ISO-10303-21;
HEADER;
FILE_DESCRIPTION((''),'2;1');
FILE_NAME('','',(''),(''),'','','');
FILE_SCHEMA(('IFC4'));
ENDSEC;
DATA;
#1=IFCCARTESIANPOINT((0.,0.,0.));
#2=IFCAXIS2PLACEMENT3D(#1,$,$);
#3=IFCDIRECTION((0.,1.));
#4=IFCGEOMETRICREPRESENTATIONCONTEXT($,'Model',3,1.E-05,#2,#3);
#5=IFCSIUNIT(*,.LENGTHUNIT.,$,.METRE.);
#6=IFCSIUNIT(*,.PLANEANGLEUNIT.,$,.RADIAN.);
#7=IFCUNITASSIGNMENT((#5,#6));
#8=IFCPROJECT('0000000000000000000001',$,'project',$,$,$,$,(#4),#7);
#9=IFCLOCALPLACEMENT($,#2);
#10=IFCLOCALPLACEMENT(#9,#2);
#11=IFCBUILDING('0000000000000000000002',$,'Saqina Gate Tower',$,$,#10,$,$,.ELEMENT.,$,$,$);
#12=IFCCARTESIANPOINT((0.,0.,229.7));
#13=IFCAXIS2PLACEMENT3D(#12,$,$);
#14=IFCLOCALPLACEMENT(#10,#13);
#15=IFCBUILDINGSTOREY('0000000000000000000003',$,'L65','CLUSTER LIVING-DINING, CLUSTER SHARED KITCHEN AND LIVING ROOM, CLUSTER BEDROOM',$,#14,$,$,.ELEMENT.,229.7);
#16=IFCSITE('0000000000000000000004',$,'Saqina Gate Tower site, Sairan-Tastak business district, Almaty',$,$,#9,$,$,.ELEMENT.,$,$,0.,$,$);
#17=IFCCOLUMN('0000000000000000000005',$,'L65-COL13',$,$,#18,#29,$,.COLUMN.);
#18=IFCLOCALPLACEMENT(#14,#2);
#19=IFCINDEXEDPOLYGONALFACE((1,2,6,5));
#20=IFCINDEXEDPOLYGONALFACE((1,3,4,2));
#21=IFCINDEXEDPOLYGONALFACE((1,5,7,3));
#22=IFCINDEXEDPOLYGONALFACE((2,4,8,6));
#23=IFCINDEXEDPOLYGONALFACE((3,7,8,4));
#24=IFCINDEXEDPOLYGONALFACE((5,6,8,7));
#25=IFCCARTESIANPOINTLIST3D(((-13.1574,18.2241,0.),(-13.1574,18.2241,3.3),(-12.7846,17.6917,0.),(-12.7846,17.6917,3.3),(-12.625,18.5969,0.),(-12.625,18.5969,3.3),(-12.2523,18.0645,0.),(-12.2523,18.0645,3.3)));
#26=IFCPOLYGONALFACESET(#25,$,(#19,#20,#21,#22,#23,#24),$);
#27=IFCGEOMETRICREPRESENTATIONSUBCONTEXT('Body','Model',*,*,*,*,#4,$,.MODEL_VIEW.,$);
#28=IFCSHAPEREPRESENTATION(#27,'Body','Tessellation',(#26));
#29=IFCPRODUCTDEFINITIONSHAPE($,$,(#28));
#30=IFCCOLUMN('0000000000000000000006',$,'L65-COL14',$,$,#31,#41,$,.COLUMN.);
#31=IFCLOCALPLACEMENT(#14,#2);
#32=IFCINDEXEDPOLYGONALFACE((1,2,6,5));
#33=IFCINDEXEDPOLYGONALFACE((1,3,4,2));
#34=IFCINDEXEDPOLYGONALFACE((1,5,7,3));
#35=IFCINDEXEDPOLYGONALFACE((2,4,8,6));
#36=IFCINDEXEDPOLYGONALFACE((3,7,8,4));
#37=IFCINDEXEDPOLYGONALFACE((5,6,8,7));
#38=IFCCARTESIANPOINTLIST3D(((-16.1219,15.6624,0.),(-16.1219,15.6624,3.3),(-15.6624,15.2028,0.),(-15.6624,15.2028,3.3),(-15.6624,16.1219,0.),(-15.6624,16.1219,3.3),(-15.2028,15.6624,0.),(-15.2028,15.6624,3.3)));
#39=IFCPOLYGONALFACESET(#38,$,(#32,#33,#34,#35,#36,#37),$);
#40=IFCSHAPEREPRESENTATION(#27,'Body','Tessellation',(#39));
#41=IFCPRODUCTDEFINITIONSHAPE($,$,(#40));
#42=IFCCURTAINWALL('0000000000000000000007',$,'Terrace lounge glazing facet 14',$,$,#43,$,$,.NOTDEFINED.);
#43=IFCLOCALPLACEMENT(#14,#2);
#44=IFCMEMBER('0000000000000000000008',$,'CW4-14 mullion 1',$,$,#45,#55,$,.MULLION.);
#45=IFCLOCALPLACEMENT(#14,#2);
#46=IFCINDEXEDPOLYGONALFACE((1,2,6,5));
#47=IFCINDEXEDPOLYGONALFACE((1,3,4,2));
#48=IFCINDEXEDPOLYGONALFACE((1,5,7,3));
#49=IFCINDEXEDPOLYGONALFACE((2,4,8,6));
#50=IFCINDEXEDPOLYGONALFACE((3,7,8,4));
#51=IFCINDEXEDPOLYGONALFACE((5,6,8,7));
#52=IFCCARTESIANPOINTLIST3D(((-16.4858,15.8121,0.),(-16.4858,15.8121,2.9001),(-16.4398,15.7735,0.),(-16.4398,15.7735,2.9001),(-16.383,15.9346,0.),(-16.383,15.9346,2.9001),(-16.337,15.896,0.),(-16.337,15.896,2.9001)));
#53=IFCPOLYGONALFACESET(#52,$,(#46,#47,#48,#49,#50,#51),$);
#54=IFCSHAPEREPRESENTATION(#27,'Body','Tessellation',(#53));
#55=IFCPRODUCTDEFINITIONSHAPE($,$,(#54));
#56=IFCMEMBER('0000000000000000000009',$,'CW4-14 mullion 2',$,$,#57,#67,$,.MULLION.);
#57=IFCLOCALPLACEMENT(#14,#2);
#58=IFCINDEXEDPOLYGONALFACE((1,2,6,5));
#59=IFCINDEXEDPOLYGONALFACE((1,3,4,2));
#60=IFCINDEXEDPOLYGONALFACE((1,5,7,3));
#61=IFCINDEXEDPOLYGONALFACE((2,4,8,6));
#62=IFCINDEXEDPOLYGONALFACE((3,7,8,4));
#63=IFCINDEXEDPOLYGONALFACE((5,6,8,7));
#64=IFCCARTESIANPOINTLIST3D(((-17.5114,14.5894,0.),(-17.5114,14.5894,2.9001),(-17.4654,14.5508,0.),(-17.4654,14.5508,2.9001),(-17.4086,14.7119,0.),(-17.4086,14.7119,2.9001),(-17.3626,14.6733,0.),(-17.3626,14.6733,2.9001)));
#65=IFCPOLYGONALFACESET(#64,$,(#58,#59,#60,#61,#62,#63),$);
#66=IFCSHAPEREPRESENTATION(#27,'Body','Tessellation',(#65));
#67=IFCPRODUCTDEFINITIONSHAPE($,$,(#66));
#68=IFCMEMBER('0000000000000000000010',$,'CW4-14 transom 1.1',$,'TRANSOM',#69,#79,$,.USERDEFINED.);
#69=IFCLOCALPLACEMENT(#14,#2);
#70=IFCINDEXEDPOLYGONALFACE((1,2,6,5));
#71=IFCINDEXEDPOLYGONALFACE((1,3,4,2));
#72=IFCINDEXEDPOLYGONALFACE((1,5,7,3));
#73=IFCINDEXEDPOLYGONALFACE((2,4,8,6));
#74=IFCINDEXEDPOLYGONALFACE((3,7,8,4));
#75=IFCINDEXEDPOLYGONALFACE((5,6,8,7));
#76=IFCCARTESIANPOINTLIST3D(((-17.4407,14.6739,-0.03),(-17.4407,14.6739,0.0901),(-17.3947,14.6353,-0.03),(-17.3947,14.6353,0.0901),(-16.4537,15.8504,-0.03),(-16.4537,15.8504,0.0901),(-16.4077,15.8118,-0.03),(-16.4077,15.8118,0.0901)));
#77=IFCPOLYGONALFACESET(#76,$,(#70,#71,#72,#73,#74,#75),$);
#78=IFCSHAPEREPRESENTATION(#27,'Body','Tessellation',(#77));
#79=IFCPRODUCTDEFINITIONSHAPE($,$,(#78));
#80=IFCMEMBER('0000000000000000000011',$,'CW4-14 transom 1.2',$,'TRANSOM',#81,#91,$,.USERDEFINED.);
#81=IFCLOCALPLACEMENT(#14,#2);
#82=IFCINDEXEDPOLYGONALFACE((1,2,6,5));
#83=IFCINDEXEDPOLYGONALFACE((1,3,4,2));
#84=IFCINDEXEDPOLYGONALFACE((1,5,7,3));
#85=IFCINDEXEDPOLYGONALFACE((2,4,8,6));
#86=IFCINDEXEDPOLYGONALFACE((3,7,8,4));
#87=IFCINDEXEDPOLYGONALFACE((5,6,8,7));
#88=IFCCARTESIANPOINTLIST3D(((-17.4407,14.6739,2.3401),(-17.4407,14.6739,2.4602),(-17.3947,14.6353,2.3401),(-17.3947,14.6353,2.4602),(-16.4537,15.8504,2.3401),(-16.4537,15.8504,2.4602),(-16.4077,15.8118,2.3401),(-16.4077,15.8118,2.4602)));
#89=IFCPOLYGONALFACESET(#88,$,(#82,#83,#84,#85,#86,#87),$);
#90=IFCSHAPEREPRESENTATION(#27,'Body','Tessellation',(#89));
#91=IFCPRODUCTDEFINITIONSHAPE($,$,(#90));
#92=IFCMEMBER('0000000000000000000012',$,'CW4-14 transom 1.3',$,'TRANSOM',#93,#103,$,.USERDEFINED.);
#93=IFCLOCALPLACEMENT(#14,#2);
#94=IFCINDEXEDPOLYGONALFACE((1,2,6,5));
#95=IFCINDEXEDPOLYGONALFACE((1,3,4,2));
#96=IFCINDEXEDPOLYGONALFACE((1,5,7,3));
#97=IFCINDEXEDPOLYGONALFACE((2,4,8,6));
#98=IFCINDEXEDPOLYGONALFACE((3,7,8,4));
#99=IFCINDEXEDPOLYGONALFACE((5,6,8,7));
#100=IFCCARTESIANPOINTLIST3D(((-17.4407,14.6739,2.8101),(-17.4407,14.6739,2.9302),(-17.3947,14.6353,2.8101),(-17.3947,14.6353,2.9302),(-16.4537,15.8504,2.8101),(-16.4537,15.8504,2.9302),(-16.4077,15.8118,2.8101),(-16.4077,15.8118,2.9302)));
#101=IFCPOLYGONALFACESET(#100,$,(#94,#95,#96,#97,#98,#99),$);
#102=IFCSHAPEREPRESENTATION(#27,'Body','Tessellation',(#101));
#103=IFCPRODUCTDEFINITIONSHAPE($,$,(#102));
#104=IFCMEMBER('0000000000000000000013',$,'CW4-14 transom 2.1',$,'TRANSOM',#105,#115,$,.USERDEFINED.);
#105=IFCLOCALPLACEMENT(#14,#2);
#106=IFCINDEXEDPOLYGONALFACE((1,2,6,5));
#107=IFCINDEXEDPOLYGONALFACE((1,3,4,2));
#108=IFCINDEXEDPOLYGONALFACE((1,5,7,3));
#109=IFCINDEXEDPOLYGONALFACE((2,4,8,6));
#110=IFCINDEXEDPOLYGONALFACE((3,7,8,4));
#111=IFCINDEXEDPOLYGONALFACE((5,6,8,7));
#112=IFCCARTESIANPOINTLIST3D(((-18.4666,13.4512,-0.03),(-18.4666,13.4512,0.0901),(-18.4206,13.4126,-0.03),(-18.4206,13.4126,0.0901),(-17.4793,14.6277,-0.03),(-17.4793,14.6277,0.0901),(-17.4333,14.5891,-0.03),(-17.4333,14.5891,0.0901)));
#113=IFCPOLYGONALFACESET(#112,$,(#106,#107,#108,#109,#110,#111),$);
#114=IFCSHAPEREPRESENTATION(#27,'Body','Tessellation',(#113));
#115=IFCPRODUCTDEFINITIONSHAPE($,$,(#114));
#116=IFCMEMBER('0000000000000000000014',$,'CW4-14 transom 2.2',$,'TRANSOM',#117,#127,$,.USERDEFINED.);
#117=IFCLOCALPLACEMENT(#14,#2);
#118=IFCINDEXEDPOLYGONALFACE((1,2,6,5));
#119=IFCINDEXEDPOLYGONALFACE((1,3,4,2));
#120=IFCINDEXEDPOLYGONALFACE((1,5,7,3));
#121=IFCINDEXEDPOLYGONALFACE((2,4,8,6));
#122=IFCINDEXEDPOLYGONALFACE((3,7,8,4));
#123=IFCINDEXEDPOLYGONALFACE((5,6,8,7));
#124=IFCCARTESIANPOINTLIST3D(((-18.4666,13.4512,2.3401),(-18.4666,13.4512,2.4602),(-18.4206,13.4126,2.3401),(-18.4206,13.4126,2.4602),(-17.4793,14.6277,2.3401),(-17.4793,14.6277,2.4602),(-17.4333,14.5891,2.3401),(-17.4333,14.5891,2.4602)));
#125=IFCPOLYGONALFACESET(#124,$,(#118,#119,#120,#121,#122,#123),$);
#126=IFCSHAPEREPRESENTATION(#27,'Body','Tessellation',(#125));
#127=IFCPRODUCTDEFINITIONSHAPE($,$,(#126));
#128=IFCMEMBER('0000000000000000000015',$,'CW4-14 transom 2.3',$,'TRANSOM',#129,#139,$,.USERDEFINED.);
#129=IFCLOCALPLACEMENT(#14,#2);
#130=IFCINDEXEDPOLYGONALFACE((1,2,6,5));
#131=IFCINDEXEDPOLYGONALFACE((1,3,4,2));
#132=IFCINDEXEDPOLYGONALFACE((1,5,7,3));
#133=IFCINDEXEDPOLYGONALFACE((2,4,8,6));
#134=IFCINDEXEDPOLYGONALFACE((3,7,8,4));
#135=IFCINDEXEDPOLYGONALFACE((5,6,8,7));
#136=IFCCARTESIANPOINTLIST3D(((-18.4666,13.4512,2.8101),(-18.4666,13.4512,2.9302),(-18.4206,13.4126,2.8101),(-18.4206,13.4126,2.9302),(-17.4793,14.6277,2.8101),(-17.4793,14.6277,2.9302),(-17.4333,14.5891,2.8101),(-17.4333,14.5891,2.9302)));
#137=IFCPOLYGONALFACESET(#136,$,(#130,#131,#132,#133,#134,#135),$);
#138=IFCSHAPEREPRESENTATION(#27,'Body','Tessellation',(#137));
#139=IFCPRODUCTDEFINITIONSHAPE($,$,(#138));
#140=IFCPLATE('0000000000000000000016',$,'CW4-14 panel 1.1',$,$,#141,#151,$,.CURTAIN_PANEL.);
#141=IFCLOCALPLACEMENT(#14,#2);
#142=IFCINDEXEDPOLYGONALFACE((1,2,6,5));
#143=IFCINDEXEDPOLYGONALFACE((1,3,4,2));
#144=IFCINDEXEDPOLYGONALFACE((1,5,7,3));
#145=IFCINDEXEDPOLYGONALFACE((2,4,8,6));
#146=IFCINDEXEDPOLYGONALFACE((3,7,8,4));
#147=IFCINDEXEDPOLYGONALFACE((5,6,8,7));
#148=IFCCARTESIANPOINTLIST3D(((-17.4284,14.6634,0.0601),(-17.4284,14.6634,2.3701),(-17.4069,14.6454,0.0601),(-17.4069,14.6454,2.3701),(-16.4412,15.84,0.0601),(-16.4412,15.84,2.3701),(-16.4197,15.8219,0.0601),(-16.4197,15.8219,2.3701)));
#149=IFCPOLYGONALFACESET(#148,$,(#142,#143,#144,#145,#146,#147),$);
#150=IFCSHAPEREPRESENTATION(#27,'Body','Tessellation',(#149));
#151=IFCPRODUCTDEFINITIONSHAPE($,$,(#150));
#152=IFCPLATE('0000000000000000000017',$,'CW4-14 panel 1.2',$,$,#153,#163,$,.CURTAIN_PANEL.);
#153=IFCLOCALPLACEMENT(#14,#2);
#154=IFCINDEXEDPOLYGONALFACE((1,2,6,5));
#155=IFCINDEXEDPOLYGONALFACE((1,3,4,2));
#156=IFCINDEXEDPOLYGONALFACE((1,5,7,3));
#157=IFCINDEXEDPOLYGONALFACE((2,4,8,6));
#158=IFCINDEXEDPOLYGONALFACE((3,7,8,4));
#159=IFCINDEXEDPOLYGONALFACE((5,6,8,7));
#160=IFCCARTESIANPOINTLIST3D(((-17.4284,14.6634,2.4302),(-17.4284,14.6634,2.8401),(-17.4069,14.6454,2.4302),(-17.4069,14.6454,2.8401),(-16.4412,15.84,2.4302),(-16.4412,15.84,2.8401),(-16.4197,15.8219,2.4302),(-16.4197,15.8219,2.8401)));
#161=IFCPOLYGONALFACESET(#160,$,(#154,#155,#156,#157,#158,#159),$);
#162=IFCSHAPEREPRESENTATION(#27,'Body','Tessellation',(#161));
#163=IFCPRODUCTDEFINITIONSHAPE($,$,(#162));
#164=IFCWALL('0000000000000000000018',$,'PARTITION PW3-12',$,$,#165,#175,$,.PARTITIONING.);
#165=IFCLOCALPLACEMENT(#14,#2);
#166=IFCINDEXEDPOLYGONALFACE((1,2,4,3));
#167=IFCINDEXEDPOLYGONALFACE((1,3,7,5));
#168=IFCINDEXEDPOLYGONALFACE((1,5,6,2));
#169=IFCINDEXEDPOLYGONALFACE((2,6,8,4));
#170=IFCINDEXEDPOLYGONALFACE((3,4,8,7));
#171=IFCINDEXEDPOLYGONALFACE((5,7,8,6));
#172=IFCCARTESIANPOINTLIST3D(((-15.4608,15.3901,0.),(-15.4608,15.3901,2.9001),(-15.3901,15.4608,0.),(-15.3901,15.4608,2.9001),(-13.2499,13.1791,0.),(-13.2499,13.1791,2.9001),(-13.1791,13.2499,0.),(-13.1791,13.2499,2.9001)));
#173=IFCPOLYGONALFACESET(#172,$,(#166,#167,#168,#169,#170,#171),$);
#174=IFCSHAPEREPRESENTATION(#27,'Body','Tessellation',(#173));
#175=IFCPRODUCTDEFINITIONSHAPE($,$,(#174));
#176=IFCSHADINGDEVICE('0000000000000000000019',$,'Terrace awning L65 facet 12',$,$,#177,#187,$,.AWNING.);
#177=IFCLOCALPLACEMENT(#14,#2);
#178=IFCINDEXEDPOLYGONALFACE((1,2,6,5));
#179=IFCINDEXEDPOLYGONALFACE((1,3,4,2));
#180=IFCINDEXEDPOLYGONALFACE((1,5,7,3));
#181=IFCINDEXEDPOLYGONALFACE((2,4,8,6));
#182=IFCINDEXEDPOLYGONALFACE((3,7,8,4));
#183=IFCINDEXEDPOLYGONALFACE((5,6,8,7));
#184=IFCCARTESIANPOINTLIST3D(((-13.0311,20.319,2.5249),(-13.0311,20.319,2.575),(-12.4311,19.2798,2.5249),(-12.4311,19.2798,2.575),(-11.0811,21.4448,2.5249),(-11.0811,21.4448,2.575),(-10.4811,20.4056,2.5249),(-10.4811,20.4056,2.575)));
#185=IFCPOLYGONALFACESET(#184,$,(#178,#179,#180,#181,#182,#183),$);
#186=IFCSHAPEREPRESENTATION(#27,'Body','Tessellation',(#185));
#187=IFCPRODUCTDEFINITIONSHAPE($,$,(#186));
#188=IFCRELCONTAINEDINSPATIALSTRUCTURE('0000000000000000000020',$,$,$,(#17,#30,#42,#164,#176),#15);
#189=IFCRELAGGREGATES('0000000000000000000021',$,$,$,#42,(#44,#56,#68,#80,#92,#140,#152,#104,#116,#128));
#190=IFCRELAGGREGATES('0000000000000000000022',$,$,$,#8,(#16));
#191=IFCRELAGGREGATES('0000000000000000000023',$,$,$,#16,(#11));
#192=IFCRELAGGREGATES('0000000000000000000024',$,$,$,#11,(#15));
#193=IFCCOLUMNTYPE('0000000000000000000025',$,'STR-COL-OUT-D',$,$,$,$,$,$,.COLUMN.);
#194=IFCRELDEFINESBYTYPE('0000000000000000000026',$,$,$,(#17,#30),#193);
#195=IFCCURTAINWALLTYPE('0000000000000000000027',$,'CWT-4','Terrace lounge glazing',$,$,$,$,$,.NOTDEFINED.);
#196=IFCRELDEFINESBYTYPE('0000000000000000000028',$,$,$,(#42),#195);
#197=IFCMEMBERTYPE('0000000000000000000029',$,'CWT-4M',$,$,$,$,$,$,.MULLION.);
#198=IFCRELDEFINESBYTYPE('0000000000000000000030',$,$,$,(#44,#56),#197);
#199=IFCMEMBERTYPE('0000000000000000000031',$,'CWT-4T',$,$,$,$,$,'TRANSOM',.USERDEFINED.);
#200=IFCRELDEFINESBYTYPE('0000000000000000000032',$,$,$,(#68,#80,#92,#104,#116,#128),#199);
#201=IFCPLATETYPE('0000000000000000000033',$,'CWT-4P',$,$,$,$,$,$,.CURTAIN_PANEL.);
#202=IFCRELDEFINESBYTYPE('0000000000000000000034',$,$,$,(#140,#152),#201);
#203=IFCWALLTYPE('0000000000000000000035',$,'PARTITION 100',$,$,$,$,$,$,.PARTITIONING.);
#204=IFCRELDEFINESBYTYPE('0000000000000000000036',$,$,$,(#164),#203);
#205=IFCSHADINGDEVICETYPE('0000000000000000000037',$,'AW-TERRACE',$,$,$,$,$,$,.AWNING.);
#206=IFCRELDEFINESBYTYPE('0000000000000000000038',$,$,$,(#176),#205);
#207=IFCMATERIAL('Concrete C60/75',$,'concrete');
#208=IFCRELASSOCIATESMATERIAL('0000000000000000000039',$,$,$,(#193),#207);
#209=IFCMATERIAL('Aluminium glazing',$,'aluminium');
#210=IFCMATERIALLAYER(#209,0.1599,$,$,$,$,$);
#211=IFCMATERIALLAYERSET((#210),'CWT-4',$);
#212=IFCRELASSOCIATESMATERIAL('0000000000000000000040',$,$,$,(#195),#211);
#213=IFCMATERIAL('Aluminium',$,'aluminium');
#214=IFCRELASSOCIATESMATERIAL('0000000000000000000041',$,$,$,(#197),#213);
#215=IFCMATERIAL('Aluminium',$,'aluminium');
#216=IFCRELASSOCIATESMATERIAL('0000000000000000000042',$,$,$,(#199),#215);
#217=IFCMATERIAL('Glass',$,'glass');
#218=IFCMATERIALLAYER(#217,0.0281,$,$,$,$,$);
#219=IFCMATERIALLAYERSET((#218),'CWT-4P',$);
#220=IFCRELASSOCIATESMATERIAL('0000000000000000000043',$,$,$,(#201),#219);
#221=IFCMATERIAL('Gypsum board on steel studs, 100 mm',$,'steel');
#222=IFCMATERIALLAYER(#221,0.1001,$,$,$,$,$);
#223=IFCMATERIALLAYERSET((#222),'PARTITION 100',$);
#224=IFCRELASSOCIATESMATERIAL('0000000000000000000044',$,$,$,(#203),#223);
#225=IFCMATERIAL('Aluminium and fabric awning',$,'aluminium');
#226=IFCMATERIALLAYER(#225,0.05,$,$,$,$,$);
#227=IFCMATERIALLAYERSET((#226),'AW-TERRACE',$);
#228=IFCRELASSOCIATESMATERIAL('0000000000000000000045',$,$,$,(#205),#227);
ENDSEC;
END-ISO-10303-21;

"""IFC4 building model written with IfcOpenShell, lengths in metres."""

from ifc_helpers import new_model, si_unit, direction, frame, frame_2d, origin, origin_2d, place, context, subcontext, project, spatial, rectangle, extrude, material, layer, layer_set, material_profile, profile_set, type_object, element, aggregate, save


model = new_model("IFC4")

# Units and contexts
model_context = context("Model", 3, precision=1e-05, world=origin(), true_north=direction((0.0, 1.0)))
body_context = subcontext(model_context, "Body", "Model", "MODEL_VIEW")
ifc_project = project(units=[si_unit("LENGTHUNIT", "METRE"), si_unit("PLANEANGLEUNIT", "RADIAN")], contexts=[model_context])

# Site, building, storey
site_placement = place(None, origin())
site = spatial("IfcSite", under=ifc_project, at=site_placement, Name="Saqina Gate Tower site, Sairan-Tastak business district, Almaty", CompositionType="ELEMENT", RefElevation=0.0)
building_placement = place(site_placement, origin())
building = spatial("IfcBuilding", under=site, at=building_placement, Name="Saqina Gate Tower", CompositionType="ELEMENT")
storey_placement = place(building_placement, frame((0.0, 0.0, 229.7)))
storey = spatial("IfcBuildingStorey", under=building, at=storey_placement, Name="L65", Description="CLUSTER LIVING-DINING, CLUSTER SHARED KITCHEN AND LIVING ROOM, CLUSTER BEDROOM", CompositionType="ELEMENT", Elevation=229.7)

# Columns
ifc_material_1 = material(Name="Concrete C60/75", Category="concrete")
ifc_material_profile_1 = material_profile(ifc_material_1, rectangle(XDim=0.6499, YDim=0.6499, at=origin_2d()), Name="RC 650x650")
ifc_profile_set_1 = profile_set([ifc_material_profile_1], Name="Concrete C60/75")
column_type = type_object("IfcColumnType", Name="STR-COL-OUT-D", PredefinedType="COLUMN", material=ifc_profile_set_1)
for number, where, z_axis, x_axis, name in (
    (1, (-12.7048, 18.1443, 0.0), (0.0, 0.0, 1.0), (-0.573576, 0.819152, 0.0), "L65-COL13"),
    (2, (-15.6624, 15.6624, 0.0), (0.0, 0.0, 1.0), (-0.707107, 0.707107, 0.0), "L65-COL14"),
):
    element("IfcColumn", number, at=place(storey_placement, frame(where, z_axis=z_axis, x_axis=x_axis)), inside=storey, type_object=column_type, Name=name, PredefinedType="COLUMN", context=body_context, shape_type="SweptSolid", body=[
        extrude(rectangle(XDim=0.6499, YDim=0.6499, at=origin_2d()), origin(), (0.0, 0.0, 1.0), 3.3),
    ])

# Curtain wall, members, plates
ifc_material_2 = material(Name="Aluminium glazing", Category="aluminium")
ifc_layer_1 = layer(ifc_material_2, 0.1599)
ifc_layer_set_1 = layer_set([ifc_layer_1], Name="CWT-4")
curtain_wall_type = type_object("IfcCurtainWallType", Name="CWT-4", Description="Terrace lounge glazing", PredefinedType="NOTDEFINED", material=ifc_layer_set_1)
curtain_wall_placement = place(storey_placement, origin())
curtain_wall = element("IfcCurtainWall", 3, at=curtain_wall_placement, inside=storey, type_object=curtain_wall_type, Name="Terrace lounge glazing facet 14", PredefinedType="NOTDEFINED")
ifc_material_3 = material(Name="Aluminium", Category="aluminium")
ifc_material_profile_2 = material_profile(ifc_material_3, rectangle(XDim=0.0601, YDim=0.1599, at=origin_2d()), Name="Aluminium 60x160")
ifc_profile_set_2 = profile_set([ifc_material_profile_2], Name="Aluminium")
member_type_1 = type_object("IfcMemberType", Name="CWT-4M", PredefinedType="MULLION", material=ifc_profile_set_2)
member_1_placement = place(storey_placement, frame((-16.4114, 15.854, 0.0), z_axis=(0.0, 0.0, 1.0), x_axis=(0.766046, -0.642785, 0.0)))
member_1 = element("IfcMember", 4, at=member_1_placement, type_object=member_type_1, Name="CW4-14 mullion 1", PredefinedType="MULLION", context=body_context, shape_type="SweptSolid", body=[
    extrude(rectangle(XDim=0.0601, YDim=0.1599, at=origin_2d()), origin(), (0.0, 0.0, 1.0), 2.9001),
])
member_2_placement = place(storey_placement, frame((-17.437, 14.6313, 0.0), z_axis=(0.0, 0.0, 1.0), x_axis=(0.766046, -0.642785, 0.0)))
member_2 = element("IfcMember", 5, at=member_2_placement, type_object=member_type_1, Name="CW4-14 mullion 2", PredefinedType="MULLION", context=body_context, shape_type="SweptSolid", body=[
    extrude(rectangle(XDim=0.0601, YDim=0.1599, at=origin_2d()), origin(), (0.0, 0.0, 1.0), 2.9001),
])
ifc_material_4 = material(Name="Aluminium", Category="aluminium")
ifc_material_profile_3 = material_profile(ifc_material_4, rectangle(XDim=0.0601, YDim=0.1201, at=origin_2d()), Name="Aluminium 60x120")
ifc_profile_set_3 = profile_set([ifc_material_profile_3], Name="Aluminium")
member_type_2 = type_object("IfcMemberType", Name="CWT-4T", ElementType="TRANSOM", PredefinedType="USERDEFINED", material=ifc_profile_set_3)
member_3_placement = place(storey_placement, frame((-16.4307, 15.8311, 0.03), z_axis=(-0.64273, -0.766093, 0.0), x_axis=(0.766093, -0.64273, 0.0)))
member_3 = element("IfcMember", 6, at=member_3_placement, type_object=member_type_2, Name="CW4-14 transom 1.1", ObjectType="TRANSOM", PredefinedType="USERDEFINED", context=body_context, shape_type="SweptSolid", body=[
    extrude(rectangle(XDim=0.0601, YDim=0.1201, at=origin_2d()), origin(), (0.0, 0.0, 1.0), 1.5356),
])
member_4_placement = place(storey_placement, frame((-16.4307, 15.8311, 2.4001), z_axis=(-0.64273, -0.766093, 0.0), x_axis=(0.766093, -0.64273, 0.0)))
member_4 = element("IfcMember", 7, at=member_4_placement, type_object=member_type_2, Name="CW4-14 transom 1.2", ObjectType="TRANSOM", PredefinedType="USERDEFINED", context=body_context, shape_type="SweptSolid", body=[
    extrude(rectangle(XDim=0.0601, YDim=0.1201, at=origin_2d()), origin(), (0.0, 0.0, 1.0), 1.5356),
])
member_5_placement = place(storey_placement, frame((-16.4307, 15.8311, 2.8701), z_axis=(-0.64273, -0.766093, 0.0), x_axis=(0.766093, -0.64273, 0.0)))
member_5 = element("IfcMember", 8, at=member_5_placement, type_object=member_type_2, Name="CW4-14 transom 1.3", ObjectType="TRANSOM", PredefinedType="USERDEFINED", context=body_context, shape_type="SweptSolid", body=[
    extrude(rectangle(XDim=0.0601, YDim=0.1201, at=origin_2d()), origin(), (0.0, 0.0, 1.0), 1.5356),
])
member_6_placement = place(storey_placement, frame((-17.4563, 14.6084, 0.03), z_axis=(-0.642823, -0.766015, 0.0), x_axis=(0.766015, -0.642823, 0.0)))
member_6 = element("IfcMember", 9, at=member_6_placement, type_object=member_type_2, Name="CW4-14 transom 2.1", ObjectType="TRANSOM", PredefinedType="USERDEFINED", context=body_context, shape_type="SweptSolid", body=[
    extrude(rectangle(XDim=0.0601, YDim=0.1201, at=origin_2d()), origin(), (0.0, 0.0, 1.0), 1.5359),
])
member_7_placement = place(storey_placement, frame((-17.4563, 14.6084, 2.4001), z_axis=(-0.642823, -0.766015, 0.0), x_axis=(0.766015, -0.642823, 0.0)))
member_7 = element("IfcMember", 10, at=member_7_placement, type_object=member_type_2, Name="CW4-14 transom 2.2", ObjectType="TRANSOM", PredefinedType="USERDEFINED", context=body_context, shape_type="SweptSolid", body=[
    extrude(rectangle(XDim=0.0601, YDim=0.1201, at=origin_2d()), origin(), (0.0, 0.0, 1.0), 1.5359),
])
member_8_placement = place(storey_placement, frame((-17.4563, 14.6084, 2.8701), z_axis=(-0.642823, -0.766015, 0.0), x_axis=(0.766015, -0.642823, 0.0)))
member_8 = element("IfcMember", 11, at=member_8_placement, type_object=member_type_2, Name="CW4-14 transom 2.3", ObjectType="TRANSOM", PredefinedType="USERDEFINED", context=body_context, shape_type="SweptSolid", body=[
    extrude(rectangle(XDim=0.0601, YDim=0.1201, at=origin_2d()), origin(), (0.0, 0.0, 1.0), 1.5359),
])
ifc_material_5 = material(Name="Glass", Category="glass")
ifc_layer_2 = layer(ifc_material_5, 0.0281)
ifc_layer_set_2 = layer_set([ifc_layer_2], Name="CWT-4P")
plate_type = type_object("IfcPlateType", Name="CWT-4P", PredefinedType="CURTAIN_PANEL", material=ifc_layer_set_2)
plate_1_placement = place(storey_placement, frame((-16.9241, 15.2427, 0.0601), z_axis=(0.0, 0.0, 1.0), x_axis=(-0.642785, -0.766046, 0.0)))
plate_1 = element("IfcPlate", 12, at=plate_1_placement, type_object=plate_type, Name="CW4-14 panel 1.1", PredefinedType="CURTAIN_PANEL", context=body_context, shape_type="SweptSolid", body=[
    extrude(rectangle(XDim=1.5359, YDim=0.0281, at=origin_2d()), origin(), (0.0, 0.0, 1.0), 2.3101),
])
plate_2_placement = place(storey_placement, frame((-16.9241, 15.2427, 2.4302), z_axis=(0.0, 0.0, 1.0), x_axis=(-0.642785, -0.766046, 0.0)))
plate_2 = element("IfcPlate", 13, at=plate_2_placement, type_object=plate_type, Name="CW4-14 panel 1.2", PredefinedType="CURTAIN_PANEL", context=body_context, shape_type="SweptSolid", body=[
    extrude(rectangle(XDim=1.5359, YDim=0.0281, at=origin_2d()), origin(), (0.0, 0.0, 1.0), 0.4099),
])
aggregate(curtain_wall, [member_1, member_2, member_3, member_4, member_5, plate_1, plate_2, member_6, member_7, member_8])

# Wall
ifc_material_6 = material(Name="Gypsum board on steel studs, 100 mm", Category="steel")
ifc_layer_3 = layer(ifc_material_6, 0.1001)
ifc_layer_set_3 = layer_set([ifc_layer_3], Name="PARTITION 100")
wall_type_1 = type_object("IfcWallType", Name="PARTITION 100", PredefinedType="PARTITIONING", material=ifc_layer_set_3)
wall_1_placement = place(storey_placement, frame((-15.4255, 15.4255, 0.0), z_axis=(0.0, 0.0, 1.0), x_axis=(0.707107, -0.707107, 0.0)))
element("IfcWall", 14, at=wall_1_placement, inside=storey, type_object=wall_type_1, Name="PARTITION PW3-12", PredefinedType="PARTITIONING", context=body_context, shape_type="SweptSolid", body=[
    extrude(rectangle(XDim=3.1267, YDim=0.1001, at=frame_2d((1.5635, 0.0))), origin(), (0.0, 0.0, 1.0), 2.9001),
])

# Shading device
ifc_material_7 = material(Name="Aluminium and fabric awning", Category="aluminium")
ifc_layer_4 = layer(ifc_material_7, 0.05)
ifc_layer_set_4 = layer_set([ifc_layer_4], Name="AW-TERRACE")
shading_device_type = type_object("IfcShadingDeviceType", Name="AW-TERRACE", PredefinedType="AWNING", material=ifc_layer_set_4)
for number, where, z_axis, x_axis, name in (
    (15, (-11.7561, 20.3623, 2.5249), (0.0, 0.0, 1.0), (-0.866025, -0.5, 0.0), "Terrace awning L65 facet 12"),
):
    element("IfcShadingDevice", number, at=place(storey_placement, frame(where, z_axis=z_axis, x_axis=x_axis)), inside=storey, type_object=shading_device_type, Name=name, PredefinedType="AWNING", context=body_context, shape_type="SweptSolid", body=[
        extrude(rectangle(XDim=2.2517, YDim=1.2, at=origin_2d()), origin(), (0.0, 0.0, 1.0), 0.05),
    ])

save(model, "model.ifc")
